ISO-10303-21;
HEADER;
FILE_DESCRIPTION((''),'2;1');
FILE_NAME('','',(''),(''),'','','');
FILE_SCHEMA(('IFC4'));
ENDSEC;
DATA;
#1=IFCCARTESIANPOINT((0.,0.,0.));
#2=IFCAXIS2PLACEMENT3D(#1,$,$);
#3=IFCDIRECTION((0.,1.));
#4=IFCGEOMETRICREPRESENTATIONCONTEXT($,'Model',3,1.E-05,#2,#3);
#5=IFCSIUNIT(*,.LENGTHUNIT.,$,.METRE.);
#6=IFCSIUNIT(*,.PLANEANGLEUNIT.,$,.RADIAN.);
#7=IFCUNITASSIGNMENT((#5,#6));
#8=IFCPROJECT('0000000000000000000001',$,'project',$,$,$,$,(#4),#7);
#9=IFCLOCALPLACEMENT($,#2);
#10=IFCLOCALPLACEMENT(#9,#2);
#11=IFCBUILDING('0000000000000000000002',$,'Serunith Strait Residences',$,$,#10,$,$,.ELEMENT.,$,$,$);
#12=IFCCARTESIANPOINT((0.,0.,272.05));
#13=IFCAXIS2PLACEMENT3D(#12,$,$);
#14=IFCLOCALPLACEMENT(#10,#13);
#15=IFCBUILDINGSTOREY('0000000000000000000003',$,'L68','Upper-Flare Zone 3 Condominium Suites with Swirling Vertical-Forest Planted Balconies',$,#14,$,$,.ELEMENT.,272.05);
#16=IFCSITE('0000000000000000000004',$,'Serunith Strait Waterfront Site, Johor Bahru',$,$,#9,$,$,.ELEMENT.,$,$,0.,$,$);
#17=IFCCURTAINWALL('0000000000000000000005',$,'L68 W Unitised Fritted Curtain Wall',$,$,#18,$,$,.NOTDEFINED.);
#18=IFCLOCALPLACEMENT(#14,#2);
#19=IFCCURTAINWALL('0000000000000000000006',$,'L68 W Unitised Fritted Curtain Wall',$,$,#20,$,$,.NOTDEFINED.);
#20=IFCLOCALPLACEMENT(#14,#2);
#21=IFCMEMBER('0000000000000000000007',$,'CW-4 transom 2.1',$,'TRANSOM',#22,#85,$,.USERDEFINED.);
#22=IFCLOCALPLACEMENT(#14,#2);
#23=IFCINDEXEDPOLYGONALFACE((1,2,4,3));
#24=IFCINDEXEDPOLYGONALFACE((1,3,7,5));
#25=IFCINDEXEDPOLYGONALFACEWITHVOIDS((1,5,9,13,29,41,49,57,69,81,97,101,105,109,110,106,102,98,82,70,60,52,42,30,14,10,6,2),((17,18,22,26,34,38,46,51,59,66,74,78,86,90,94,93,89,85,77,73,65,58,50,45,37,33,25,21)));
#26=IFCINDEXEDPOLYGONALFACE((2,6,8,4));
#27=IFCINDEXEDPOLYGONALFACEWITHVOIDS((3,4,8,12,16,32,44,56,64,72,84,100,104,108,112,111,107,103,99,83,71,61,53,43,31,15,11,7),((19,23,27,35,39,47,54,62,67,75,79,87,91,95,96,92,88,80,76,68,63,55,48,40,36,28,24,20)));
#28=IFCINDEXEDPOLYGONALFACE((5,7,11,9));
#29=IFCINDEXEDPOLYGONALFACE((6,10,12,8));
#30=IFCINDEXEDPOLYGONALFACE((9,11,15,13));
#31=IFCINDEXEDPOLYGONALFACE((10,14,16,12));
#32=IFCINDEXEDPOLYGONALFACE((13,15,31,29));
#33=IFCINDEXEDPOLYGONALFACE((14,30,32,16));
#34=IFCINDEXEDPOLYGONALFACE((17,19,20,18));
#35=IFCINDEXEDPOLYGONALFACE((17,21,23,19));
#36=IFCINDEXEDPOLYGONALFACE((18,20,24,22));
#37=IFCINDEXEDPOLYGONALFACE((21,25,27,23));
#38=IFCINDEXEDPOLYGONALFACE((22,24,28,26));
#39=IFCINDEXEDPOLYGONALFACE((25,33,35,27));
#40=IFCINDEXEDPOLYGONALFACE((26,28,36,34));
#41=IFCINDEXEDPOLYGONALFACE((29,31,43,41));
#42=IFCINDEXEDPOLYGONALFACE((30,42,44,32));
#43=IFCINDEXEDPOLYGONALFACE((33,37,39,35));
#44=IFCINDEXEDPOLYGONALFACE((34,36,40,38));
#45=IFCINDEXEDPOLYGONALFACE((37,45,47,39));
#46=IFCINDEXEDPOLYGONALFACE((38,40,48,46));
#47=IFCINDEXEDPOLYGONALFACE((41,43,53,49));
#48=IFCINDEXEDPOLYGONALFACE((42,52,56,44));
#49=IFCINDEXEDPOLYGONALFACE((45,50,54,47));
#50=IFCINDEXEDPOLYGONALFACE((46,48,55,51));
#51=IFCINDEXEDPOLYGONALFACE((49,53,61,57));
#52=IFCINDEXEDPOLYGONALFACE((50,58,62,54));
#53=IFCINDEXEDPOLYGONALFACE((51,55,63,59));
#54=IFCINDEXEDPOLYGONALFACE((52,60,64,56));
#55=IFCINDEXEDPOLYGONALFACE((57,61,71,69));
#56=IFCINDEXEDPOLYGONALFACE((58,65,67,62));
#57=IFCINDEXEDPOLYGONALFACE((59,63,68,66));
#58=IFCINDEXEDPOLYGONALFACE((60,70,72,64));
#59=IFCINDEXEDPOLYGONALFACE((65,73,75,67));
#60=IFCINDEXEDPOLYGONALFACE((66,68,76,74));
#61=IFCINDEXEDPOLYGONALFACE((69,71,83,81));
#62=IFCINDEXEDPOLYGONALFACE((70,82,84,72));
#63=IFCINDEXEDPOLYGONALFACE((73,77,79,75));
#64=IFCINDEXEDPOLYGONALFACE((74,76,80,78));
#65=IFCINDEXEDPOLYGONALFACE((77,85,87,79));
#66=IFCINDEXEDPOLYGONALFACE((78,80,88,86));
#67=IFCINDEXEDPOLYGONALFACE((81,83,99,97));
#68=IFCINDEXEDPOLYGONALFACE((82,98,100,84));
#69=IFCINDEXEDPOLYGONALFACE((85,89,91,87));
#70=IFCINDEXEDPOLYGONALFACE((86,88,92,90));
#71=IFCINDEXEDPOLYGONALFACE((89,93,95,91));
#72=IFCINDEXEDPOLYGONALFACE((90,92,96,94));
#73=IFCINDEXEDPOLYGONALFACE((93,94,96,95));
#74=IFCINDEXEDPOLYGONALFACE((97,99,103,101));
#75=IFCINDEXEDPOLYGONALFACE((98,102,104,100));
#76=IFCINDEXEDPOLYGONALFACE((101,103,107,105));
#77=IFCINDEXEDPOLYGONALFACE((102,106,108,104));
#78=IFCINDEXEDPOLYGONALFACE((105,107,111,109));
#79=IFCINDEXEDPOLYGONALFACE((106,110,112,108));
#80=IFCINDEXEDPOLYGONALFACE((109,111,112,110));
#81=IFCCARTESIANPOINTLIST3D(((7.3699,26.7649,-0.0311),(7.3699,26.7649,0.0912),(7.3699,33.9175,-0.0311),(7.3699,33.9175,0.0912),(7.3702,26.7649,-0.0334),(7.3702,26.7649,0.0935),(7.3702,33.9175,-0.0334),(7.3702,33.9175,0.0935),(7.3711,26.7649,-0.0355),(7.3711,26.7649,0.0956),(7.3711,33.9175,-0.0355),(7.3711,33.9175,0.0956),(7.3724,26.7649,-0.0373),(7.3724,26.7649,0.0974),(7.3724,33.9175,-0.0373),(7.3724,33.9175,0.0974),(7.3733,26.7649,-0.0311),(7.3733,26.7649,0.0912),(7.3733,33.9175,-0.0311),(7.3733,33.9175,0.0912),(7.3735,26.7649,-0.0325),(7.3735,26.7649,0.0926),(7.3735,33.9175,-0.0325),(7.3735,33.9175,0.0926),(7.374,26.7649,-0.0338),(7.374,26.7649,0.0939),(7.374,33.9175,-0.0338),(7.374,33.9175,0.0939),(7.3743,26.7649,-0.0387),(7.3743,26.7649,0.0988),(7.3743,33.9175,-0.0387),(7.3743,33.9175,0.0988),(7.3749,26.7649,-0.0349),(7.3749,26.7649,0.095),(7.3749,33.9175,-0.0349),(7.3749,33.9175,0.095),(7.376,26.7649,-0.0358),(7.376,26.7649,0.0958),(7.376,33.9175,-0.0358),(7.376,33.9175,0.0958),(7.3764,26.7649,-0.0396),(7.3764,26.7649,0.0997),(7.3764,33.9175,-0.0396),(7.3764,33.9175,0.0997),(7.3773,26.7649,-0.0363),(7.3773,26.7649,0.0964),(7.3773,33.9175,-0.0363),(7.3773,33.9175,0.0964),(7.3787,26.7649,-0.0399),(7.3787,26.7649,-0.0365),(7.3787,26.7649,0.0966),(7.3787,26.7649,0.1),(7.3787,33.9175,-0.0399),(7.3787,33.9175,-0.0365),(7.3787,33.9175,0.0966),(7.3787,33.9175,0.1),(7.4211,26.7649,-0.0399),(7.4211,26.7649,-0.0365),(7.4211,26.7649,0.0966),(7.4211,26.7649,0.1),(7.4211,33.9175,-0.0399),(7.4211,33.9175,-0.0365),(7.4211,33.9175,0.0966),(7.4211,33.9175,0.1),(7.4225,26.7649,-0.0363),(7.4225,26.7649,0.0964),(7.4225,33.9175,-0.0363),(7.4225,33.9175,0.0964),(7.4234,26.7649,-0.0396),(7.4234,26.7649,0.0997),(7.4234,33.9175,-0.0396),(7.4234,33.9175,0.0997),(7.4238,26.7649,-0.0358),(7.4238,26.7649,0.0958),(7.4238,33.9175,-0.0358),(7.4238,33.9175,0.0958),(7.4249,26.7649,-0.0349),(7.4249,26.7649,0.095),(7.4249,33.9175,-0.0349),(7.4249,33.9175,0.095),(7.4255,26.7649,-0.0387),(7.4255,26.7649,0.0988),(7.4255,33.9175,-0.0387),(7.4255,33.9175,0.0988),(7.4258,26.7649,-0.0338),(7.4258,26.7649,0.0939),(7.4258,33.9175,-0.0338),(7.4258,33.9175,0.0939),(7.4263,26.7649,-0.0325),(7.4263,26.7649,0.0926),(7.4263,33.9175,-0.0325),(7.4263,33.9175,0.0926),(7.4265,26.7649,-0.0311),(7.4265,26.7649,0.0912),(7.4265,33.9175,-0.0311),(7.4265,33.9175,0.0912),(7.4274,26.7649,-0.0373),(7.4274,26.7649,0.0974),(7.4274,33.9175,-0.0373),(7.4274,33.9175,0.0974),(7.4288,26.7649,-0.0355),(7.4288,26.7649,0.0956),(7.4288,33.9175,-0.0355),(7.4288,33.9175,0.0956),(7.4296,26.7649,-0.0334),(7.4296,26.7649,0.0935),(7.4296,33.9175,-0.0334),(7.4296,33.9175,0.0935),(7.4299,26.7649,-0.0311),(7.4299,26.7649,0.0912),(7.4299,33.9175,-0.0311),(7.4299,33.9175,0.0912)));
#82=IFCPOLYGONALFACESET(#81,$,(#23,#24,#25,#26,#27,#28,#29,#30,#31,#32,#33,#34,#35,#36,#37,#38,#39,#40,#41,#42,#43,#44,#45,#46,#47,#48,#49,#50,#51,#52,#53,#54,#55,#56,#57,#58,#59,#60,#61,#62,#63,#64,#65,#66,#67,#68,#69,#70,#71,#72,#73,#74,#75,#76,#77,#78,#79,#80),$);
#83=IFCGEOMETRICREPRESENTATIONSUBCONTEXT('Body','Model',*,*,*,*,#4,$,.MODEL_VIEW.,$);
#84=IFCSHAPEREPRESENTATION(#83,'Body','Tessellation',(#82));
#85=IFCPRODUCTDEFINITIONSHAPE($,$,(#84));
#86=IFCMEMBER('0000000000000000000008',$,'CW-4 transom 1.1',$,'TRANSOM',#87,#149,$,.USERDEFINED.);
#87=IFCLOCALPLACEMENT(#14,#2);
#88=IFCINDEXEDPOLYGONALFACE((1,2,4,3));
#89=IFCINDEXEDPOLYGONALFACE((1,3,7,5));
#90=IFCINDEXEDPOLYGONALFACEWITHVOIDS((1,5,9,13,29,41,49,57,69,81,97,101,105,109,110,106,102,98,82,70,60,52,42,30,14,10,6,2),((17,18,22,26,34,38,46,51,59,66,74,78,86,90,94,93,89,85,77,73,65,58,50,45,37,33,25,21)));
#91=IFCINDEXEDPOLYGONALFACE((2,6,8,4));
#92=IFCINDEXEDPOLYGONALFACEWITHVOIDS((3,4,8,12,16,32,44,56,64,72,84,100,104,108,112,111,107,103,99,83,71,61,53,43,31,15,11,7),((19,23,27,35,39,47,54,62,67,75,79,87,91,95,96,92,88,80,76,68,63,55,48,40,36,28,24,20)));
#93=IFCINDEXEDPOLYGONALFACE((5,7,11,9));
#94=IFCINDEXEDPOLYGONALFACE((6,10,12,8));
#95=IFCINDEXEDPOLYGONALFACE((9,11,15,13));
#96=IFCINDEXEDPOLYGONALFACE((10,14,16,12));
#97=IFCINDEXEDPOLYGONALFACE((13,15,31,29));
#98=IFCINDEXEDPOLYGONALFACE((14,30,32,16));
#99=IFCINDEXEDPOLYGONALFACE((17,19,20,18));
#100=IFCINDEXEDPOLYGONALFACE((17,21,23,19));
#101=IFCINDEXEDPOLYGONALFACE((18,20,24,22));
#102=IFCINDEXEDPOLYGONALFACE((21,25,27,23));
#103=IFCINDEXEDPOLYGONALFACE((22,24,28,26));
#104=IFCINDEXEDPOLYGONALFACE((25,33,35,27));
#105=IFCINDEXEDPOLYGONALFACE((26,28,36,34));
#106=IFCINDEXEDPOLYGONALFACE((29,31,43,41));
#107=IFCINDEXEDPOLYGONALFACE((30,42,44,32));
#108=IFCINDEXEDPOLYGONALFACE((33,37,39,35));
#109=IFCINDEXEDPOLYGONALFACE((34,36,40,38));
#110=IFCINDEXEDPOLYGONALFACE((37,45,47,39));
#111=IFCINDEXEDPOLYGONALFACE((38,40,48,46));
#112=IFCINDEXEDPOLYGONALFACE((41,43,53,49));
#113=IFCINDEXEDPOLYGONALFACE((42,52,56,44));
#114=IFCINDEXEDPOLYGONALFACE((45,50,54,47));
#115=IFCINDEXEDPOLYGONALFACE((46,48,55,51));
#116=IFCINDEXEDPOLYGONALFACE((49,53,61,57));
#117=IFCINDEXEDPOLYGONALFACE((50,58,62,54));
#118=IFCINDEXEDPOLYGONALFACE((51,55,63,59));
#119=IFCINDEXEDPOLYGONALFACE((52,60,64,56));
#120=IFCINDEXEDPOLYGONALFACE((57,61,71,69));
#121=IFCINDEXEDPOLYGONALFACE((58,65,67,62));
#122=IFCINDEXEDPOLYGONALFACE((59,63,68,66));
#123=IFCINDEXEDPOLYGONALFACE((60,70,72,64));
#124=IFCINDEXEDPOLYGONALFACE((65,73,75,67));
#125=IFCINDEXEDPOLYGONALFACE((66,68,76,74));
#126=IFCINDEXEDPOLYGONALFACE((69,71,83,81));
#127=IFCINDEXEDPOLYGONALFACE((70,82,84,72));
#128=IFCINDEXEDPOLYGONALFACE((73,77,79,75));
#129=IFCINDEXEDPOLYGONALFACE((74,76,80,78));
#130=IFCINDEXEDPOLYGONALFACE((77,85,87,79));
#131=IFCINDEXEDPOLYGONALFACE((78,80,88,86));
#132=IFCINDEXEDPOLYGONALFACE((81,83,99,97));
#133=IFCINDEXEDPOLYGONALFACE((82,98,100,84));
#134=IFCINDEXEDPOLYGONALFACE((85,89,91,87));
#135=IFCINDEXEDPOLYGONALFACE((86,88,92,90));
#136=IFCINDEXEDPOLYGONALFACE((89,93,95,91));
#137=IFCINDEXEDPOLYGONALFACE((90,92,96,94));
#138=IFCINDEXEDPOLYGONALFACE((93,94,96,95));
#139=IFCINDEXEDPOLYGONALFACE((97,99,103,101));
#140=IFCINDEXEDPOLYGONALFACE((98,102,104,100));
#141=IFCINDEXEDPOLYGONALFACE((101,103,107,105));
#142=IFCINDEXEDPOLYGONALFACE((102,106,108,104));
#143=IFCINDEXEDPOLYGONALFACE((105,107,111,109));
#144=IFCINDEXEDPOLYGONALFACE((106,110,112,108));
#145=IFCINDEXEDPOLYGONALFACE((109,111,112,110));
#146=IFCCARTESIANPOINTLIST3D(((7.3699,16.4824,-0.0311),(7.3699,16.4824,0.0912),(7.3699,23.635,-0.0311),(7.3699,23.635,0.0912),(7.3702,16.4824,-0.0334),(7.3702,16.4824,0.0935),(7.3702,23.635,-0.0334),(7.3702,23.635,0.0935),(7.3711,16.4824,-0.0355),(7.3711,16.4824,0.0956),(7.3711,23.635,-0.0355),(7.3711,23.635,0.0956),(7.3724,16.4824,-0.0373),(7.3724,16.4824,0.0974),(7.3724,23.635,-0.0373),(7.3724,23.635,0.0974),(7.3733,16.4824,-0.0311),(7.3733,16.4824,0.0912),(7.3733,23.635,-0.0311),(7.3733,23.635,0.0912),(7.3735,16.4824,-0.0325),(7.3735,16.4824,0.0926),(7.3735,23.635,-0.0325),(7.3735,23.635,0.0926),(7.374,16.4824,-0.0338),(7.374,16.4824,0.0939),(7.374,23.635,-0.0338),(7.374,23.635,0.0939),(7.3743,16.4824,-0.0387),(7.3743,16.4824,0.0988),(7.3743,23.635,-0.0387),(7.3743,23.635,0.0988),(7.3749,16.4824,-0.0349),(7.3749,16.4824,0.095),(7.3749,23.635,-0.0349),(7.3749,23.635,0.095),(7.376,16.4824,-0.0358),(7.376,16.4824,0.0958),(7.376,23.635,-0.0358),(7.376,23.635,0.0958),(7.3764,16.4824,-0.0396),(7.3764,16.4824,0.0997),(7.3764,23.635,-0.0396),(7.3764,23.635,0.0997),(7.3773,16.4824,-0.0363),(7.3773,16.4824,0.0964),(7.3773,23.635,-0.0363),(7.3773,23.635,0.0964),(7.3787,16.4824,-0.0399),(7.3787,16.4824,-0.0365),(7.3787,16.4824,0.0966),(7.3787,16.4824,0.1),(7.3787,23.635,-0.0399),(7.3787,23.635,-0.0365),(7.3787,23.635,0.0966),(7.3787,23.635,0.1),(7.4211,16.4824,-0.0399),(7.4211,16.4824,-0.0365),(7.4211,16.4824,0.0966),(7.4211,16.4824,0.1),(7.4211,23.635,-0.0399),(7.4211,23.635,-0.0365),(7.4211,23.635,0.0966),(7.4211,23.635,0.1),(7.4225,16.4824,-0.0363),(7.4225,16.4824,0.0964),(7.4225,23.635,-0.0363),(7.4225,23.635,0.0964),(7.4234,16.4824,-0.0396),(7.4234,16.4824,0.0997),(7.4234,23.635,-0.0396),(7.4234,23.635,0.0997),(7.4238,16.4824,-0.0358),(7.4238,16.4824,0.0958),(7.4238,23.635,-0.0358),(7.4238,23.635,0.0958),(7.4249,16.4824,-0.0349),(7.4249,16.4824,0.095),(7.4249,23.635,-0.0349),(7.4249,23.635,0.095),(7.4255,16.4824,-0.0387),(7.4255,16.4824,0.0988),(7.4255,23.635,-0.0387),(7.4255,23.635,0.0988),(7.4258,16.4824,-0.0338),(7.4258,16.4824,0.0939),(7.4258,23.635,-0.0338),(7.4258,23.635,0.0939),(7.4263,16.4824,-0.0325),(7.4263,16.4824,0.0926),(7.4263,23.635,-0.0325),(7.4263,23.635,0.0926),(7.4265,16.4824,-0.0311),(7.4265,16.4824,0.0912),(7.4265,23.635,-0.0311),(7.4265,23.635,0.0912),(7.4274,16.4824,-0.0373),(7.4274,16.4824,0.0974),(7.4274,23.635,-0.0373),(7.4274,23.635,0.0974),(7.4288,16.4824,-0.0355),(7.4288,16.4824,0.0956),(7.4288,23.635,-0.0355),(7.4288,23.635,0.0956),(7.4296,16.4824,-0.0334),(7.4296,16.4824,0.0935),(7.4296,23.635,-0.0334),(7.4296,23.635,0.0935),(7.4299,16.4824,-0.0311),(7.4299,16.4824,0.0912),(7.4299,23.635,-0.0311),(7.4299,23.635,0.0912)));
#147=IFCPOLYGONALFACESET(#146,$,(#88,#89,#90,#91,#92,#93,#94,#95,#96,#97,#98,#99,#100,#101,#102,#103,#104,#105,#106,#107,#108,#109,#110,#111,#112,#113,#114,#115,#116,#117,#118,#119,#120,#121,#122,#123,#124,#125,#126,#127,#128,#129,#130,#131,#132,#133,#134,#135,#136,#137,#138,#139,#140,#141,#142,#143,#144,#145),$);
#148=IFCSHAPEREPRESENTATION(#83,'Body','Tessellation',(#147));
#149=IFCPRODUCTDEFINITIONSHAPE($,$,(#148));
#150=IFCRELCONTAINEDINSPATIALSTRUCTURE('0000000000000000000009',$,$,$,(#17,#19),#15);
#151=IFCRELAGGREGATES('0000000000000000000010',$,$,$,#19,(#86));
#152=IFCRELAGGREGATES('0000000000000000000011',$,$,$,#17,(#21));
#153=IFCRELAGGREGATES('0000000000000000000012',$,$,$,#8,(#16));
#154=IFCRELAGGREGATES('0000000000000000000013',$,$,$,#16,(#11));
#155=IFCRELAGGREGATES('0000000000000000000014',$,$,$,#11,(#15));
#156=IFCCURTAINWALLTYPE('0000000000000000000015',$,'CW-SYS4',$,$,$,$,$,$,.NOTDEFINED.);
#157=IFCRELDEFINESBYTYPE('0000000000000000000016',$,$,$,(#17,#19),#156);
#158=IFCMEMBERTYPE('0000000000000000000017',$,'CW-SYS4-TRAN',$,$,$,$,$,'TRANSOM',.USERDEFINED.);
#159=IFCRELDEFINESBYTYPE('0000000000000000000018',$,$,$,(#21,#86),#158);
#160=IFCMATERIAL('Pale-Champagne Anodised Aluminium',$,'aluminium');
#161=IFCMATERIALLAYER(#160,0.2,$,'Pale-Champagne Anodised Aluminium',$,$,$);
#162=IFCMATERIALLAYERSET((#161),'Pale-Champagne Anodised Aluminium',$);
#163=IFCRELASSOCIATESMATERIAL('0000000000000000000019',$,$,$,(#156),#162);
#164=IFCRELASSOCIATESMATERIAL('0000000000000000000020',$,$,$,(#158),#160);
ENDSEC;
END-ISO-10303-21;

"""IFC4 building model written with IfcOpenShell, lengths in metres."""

from ifc_helpers import new_model, si_unit, direction, frame, origin, origin_2d, place, context, subcontext, project, spatial, hollow_rectangle, extrude, source, transform, mapped, material, layer, layer_set, material_profile, profile_set, type_object, element, aggregate, save


model = new_model("IFC4")

# Units and contexts
model_context = context("Model", 3, precision=1e-05, world=origin(), true_north=direction((0.0, 1.0)))
body_context = subcontext(model_context, "Body", "Model", "MODEL_VIEW")
ifc_project = project(units=[si_unit("LENGTHUNIT", "METRE"), si_unit("PLANEANGLEUNIT", "RADIAN")], contexts=[model_context])

# Site, building, storey
site_placement = place(None, origin())
site = spatial("IfcSite", under=ifc_project, at=site_placement, Name="Serunith Strait Waterfront Site, Johor Bahru", CompositionType="ELEMENT", RefElevation=0.0)
building_placement = place(site_placement, origin())
building = spatial("IfcBuilding", under=site, at=building_placement, Name="Serunith Strait Residences", CompositionType="ELEMENT")
storey_placement = place(building_placement, frame((0.0, 0.0, 272.05)))
storey = spatial("IfcBuildingStorey", under=building, at=storey_placement, Name="L68", Description="Upper-Flare Zone 3 Condominium Suites with Swirling Vertical-Forest Planted Balconies", CompositionType="ELEMENT", Elevation=272.05)

# Curtain walls
ifc_material_1 = material(Name="Pale-Champagne Anodised Aluminium", Category="aluminium")
ifc_layer_1 = layer(ifc_material_1, 0.2, Name="Pale-Champagne Anodised Aluminium")
ifc_layer_set_1 = layer_set([ifc_layer_1], Name="Pale-Champagne Anodised Aluminium")
curtain_wall_type = type_object("IfcCurtainWallType", Name="CW-SYS4", PredefinedType="NOTDEFINED", material=ifc_layer_set_1)
curtain_wall_1_placement = place(storey_placement, origin())
curtain_wall_1 = element("IfcCurtainWall", 1, at=curtain_wall_1_placement, inside=storey, type_object=curtain_wall_type, Name="L68 W Unitised Fritted Curtain Wall", PredefinedType="NOTDEFINED")
curtain_wall_2_placement = place(storey_placement, origin())
curtain_wall_2 = element("IfcCurtainWall", 2, at=curtain_wall_2_placement, inside=storey, type_object=curtain_wall_type, Name="L68 W Unitised Fritted Curtain Wall", PredefinedType="NOTDEFINED")

# Members
ifc_material_profile_1 = material_profile(ifc_material_1, hollow_rectangle(XDim=0.0601, YDim=0.1399, WallThickness=0.0034, InnerFilletRadius=0.0054, OuterFilletRadius=0.0088, at=origin_2d()), Name="ALU 140x60x3.5")
ifc_profile_set_1 = profile_set([ifc_material_profile_1], Name="Pale-Champagne Anodised Aluminium")
member_type_1 = type_object("IfcMemberType", Name="CW-SYS4-TRAN", ElementType="TRANSOM", PredefinedType="USERDEFINED", material=ifc_profile_set_1)
shared_shape_1 = source(origin(), body_context, "Body", "SweptSolid", [
    extrude(hollow_rectangle(XDim=0.0601, YDim=0.1399, WallThickness=0.0034, InnerFilletRadius=0.0054, OuterFilletRadius=0.0088, at=origin_2d()), origin(), (0.0, 0.0, 1.0), 7.1526),
])
member_1_placement = place(storey_placement, frame((7.3999, 33.9175, 0.03), z_axis=(0.0, -1.0, 0.0), x_axis=(1.0, 0.0, 0.0)))
member_1 = element("IfcMember", 3, at=member_1_placement, type_object=member_type_1, Name="CW-4 transom 2.1", ObjectType="TRANSOM", PredefinedType="USERDEFINED", context=body_context, shape_type="MappedRepresentation", body=[
    mapped(shared_shape_1, transform((0.0, 0.0, 0.0), scale=1.0)),
])
member_2_placement = place(storey_placement, frame((7.3999, 23.635, 0.03), z_axis=(0.0, -1.0, 0.0), x_axis=(1.0, 0.0, 0.0)))
member_2 = element("IfcMember", 4, at=member_2_placement, type_object=member_type_1, Name="CW-4 transom 1.1", ObjectType="TRANSOM", PredefinedType="USERDEFINED", context=body_context, shape_type="MappedRepresentation", body=[
    mapped(shared_shape_1, transform((0.0, 0.0, 0.0), scale=1.0)),
])
aggregate(curtain_wall_2, [member_2])

aggregate(curtain_wall_1, [member_1])

save(model, "model.ifc")
